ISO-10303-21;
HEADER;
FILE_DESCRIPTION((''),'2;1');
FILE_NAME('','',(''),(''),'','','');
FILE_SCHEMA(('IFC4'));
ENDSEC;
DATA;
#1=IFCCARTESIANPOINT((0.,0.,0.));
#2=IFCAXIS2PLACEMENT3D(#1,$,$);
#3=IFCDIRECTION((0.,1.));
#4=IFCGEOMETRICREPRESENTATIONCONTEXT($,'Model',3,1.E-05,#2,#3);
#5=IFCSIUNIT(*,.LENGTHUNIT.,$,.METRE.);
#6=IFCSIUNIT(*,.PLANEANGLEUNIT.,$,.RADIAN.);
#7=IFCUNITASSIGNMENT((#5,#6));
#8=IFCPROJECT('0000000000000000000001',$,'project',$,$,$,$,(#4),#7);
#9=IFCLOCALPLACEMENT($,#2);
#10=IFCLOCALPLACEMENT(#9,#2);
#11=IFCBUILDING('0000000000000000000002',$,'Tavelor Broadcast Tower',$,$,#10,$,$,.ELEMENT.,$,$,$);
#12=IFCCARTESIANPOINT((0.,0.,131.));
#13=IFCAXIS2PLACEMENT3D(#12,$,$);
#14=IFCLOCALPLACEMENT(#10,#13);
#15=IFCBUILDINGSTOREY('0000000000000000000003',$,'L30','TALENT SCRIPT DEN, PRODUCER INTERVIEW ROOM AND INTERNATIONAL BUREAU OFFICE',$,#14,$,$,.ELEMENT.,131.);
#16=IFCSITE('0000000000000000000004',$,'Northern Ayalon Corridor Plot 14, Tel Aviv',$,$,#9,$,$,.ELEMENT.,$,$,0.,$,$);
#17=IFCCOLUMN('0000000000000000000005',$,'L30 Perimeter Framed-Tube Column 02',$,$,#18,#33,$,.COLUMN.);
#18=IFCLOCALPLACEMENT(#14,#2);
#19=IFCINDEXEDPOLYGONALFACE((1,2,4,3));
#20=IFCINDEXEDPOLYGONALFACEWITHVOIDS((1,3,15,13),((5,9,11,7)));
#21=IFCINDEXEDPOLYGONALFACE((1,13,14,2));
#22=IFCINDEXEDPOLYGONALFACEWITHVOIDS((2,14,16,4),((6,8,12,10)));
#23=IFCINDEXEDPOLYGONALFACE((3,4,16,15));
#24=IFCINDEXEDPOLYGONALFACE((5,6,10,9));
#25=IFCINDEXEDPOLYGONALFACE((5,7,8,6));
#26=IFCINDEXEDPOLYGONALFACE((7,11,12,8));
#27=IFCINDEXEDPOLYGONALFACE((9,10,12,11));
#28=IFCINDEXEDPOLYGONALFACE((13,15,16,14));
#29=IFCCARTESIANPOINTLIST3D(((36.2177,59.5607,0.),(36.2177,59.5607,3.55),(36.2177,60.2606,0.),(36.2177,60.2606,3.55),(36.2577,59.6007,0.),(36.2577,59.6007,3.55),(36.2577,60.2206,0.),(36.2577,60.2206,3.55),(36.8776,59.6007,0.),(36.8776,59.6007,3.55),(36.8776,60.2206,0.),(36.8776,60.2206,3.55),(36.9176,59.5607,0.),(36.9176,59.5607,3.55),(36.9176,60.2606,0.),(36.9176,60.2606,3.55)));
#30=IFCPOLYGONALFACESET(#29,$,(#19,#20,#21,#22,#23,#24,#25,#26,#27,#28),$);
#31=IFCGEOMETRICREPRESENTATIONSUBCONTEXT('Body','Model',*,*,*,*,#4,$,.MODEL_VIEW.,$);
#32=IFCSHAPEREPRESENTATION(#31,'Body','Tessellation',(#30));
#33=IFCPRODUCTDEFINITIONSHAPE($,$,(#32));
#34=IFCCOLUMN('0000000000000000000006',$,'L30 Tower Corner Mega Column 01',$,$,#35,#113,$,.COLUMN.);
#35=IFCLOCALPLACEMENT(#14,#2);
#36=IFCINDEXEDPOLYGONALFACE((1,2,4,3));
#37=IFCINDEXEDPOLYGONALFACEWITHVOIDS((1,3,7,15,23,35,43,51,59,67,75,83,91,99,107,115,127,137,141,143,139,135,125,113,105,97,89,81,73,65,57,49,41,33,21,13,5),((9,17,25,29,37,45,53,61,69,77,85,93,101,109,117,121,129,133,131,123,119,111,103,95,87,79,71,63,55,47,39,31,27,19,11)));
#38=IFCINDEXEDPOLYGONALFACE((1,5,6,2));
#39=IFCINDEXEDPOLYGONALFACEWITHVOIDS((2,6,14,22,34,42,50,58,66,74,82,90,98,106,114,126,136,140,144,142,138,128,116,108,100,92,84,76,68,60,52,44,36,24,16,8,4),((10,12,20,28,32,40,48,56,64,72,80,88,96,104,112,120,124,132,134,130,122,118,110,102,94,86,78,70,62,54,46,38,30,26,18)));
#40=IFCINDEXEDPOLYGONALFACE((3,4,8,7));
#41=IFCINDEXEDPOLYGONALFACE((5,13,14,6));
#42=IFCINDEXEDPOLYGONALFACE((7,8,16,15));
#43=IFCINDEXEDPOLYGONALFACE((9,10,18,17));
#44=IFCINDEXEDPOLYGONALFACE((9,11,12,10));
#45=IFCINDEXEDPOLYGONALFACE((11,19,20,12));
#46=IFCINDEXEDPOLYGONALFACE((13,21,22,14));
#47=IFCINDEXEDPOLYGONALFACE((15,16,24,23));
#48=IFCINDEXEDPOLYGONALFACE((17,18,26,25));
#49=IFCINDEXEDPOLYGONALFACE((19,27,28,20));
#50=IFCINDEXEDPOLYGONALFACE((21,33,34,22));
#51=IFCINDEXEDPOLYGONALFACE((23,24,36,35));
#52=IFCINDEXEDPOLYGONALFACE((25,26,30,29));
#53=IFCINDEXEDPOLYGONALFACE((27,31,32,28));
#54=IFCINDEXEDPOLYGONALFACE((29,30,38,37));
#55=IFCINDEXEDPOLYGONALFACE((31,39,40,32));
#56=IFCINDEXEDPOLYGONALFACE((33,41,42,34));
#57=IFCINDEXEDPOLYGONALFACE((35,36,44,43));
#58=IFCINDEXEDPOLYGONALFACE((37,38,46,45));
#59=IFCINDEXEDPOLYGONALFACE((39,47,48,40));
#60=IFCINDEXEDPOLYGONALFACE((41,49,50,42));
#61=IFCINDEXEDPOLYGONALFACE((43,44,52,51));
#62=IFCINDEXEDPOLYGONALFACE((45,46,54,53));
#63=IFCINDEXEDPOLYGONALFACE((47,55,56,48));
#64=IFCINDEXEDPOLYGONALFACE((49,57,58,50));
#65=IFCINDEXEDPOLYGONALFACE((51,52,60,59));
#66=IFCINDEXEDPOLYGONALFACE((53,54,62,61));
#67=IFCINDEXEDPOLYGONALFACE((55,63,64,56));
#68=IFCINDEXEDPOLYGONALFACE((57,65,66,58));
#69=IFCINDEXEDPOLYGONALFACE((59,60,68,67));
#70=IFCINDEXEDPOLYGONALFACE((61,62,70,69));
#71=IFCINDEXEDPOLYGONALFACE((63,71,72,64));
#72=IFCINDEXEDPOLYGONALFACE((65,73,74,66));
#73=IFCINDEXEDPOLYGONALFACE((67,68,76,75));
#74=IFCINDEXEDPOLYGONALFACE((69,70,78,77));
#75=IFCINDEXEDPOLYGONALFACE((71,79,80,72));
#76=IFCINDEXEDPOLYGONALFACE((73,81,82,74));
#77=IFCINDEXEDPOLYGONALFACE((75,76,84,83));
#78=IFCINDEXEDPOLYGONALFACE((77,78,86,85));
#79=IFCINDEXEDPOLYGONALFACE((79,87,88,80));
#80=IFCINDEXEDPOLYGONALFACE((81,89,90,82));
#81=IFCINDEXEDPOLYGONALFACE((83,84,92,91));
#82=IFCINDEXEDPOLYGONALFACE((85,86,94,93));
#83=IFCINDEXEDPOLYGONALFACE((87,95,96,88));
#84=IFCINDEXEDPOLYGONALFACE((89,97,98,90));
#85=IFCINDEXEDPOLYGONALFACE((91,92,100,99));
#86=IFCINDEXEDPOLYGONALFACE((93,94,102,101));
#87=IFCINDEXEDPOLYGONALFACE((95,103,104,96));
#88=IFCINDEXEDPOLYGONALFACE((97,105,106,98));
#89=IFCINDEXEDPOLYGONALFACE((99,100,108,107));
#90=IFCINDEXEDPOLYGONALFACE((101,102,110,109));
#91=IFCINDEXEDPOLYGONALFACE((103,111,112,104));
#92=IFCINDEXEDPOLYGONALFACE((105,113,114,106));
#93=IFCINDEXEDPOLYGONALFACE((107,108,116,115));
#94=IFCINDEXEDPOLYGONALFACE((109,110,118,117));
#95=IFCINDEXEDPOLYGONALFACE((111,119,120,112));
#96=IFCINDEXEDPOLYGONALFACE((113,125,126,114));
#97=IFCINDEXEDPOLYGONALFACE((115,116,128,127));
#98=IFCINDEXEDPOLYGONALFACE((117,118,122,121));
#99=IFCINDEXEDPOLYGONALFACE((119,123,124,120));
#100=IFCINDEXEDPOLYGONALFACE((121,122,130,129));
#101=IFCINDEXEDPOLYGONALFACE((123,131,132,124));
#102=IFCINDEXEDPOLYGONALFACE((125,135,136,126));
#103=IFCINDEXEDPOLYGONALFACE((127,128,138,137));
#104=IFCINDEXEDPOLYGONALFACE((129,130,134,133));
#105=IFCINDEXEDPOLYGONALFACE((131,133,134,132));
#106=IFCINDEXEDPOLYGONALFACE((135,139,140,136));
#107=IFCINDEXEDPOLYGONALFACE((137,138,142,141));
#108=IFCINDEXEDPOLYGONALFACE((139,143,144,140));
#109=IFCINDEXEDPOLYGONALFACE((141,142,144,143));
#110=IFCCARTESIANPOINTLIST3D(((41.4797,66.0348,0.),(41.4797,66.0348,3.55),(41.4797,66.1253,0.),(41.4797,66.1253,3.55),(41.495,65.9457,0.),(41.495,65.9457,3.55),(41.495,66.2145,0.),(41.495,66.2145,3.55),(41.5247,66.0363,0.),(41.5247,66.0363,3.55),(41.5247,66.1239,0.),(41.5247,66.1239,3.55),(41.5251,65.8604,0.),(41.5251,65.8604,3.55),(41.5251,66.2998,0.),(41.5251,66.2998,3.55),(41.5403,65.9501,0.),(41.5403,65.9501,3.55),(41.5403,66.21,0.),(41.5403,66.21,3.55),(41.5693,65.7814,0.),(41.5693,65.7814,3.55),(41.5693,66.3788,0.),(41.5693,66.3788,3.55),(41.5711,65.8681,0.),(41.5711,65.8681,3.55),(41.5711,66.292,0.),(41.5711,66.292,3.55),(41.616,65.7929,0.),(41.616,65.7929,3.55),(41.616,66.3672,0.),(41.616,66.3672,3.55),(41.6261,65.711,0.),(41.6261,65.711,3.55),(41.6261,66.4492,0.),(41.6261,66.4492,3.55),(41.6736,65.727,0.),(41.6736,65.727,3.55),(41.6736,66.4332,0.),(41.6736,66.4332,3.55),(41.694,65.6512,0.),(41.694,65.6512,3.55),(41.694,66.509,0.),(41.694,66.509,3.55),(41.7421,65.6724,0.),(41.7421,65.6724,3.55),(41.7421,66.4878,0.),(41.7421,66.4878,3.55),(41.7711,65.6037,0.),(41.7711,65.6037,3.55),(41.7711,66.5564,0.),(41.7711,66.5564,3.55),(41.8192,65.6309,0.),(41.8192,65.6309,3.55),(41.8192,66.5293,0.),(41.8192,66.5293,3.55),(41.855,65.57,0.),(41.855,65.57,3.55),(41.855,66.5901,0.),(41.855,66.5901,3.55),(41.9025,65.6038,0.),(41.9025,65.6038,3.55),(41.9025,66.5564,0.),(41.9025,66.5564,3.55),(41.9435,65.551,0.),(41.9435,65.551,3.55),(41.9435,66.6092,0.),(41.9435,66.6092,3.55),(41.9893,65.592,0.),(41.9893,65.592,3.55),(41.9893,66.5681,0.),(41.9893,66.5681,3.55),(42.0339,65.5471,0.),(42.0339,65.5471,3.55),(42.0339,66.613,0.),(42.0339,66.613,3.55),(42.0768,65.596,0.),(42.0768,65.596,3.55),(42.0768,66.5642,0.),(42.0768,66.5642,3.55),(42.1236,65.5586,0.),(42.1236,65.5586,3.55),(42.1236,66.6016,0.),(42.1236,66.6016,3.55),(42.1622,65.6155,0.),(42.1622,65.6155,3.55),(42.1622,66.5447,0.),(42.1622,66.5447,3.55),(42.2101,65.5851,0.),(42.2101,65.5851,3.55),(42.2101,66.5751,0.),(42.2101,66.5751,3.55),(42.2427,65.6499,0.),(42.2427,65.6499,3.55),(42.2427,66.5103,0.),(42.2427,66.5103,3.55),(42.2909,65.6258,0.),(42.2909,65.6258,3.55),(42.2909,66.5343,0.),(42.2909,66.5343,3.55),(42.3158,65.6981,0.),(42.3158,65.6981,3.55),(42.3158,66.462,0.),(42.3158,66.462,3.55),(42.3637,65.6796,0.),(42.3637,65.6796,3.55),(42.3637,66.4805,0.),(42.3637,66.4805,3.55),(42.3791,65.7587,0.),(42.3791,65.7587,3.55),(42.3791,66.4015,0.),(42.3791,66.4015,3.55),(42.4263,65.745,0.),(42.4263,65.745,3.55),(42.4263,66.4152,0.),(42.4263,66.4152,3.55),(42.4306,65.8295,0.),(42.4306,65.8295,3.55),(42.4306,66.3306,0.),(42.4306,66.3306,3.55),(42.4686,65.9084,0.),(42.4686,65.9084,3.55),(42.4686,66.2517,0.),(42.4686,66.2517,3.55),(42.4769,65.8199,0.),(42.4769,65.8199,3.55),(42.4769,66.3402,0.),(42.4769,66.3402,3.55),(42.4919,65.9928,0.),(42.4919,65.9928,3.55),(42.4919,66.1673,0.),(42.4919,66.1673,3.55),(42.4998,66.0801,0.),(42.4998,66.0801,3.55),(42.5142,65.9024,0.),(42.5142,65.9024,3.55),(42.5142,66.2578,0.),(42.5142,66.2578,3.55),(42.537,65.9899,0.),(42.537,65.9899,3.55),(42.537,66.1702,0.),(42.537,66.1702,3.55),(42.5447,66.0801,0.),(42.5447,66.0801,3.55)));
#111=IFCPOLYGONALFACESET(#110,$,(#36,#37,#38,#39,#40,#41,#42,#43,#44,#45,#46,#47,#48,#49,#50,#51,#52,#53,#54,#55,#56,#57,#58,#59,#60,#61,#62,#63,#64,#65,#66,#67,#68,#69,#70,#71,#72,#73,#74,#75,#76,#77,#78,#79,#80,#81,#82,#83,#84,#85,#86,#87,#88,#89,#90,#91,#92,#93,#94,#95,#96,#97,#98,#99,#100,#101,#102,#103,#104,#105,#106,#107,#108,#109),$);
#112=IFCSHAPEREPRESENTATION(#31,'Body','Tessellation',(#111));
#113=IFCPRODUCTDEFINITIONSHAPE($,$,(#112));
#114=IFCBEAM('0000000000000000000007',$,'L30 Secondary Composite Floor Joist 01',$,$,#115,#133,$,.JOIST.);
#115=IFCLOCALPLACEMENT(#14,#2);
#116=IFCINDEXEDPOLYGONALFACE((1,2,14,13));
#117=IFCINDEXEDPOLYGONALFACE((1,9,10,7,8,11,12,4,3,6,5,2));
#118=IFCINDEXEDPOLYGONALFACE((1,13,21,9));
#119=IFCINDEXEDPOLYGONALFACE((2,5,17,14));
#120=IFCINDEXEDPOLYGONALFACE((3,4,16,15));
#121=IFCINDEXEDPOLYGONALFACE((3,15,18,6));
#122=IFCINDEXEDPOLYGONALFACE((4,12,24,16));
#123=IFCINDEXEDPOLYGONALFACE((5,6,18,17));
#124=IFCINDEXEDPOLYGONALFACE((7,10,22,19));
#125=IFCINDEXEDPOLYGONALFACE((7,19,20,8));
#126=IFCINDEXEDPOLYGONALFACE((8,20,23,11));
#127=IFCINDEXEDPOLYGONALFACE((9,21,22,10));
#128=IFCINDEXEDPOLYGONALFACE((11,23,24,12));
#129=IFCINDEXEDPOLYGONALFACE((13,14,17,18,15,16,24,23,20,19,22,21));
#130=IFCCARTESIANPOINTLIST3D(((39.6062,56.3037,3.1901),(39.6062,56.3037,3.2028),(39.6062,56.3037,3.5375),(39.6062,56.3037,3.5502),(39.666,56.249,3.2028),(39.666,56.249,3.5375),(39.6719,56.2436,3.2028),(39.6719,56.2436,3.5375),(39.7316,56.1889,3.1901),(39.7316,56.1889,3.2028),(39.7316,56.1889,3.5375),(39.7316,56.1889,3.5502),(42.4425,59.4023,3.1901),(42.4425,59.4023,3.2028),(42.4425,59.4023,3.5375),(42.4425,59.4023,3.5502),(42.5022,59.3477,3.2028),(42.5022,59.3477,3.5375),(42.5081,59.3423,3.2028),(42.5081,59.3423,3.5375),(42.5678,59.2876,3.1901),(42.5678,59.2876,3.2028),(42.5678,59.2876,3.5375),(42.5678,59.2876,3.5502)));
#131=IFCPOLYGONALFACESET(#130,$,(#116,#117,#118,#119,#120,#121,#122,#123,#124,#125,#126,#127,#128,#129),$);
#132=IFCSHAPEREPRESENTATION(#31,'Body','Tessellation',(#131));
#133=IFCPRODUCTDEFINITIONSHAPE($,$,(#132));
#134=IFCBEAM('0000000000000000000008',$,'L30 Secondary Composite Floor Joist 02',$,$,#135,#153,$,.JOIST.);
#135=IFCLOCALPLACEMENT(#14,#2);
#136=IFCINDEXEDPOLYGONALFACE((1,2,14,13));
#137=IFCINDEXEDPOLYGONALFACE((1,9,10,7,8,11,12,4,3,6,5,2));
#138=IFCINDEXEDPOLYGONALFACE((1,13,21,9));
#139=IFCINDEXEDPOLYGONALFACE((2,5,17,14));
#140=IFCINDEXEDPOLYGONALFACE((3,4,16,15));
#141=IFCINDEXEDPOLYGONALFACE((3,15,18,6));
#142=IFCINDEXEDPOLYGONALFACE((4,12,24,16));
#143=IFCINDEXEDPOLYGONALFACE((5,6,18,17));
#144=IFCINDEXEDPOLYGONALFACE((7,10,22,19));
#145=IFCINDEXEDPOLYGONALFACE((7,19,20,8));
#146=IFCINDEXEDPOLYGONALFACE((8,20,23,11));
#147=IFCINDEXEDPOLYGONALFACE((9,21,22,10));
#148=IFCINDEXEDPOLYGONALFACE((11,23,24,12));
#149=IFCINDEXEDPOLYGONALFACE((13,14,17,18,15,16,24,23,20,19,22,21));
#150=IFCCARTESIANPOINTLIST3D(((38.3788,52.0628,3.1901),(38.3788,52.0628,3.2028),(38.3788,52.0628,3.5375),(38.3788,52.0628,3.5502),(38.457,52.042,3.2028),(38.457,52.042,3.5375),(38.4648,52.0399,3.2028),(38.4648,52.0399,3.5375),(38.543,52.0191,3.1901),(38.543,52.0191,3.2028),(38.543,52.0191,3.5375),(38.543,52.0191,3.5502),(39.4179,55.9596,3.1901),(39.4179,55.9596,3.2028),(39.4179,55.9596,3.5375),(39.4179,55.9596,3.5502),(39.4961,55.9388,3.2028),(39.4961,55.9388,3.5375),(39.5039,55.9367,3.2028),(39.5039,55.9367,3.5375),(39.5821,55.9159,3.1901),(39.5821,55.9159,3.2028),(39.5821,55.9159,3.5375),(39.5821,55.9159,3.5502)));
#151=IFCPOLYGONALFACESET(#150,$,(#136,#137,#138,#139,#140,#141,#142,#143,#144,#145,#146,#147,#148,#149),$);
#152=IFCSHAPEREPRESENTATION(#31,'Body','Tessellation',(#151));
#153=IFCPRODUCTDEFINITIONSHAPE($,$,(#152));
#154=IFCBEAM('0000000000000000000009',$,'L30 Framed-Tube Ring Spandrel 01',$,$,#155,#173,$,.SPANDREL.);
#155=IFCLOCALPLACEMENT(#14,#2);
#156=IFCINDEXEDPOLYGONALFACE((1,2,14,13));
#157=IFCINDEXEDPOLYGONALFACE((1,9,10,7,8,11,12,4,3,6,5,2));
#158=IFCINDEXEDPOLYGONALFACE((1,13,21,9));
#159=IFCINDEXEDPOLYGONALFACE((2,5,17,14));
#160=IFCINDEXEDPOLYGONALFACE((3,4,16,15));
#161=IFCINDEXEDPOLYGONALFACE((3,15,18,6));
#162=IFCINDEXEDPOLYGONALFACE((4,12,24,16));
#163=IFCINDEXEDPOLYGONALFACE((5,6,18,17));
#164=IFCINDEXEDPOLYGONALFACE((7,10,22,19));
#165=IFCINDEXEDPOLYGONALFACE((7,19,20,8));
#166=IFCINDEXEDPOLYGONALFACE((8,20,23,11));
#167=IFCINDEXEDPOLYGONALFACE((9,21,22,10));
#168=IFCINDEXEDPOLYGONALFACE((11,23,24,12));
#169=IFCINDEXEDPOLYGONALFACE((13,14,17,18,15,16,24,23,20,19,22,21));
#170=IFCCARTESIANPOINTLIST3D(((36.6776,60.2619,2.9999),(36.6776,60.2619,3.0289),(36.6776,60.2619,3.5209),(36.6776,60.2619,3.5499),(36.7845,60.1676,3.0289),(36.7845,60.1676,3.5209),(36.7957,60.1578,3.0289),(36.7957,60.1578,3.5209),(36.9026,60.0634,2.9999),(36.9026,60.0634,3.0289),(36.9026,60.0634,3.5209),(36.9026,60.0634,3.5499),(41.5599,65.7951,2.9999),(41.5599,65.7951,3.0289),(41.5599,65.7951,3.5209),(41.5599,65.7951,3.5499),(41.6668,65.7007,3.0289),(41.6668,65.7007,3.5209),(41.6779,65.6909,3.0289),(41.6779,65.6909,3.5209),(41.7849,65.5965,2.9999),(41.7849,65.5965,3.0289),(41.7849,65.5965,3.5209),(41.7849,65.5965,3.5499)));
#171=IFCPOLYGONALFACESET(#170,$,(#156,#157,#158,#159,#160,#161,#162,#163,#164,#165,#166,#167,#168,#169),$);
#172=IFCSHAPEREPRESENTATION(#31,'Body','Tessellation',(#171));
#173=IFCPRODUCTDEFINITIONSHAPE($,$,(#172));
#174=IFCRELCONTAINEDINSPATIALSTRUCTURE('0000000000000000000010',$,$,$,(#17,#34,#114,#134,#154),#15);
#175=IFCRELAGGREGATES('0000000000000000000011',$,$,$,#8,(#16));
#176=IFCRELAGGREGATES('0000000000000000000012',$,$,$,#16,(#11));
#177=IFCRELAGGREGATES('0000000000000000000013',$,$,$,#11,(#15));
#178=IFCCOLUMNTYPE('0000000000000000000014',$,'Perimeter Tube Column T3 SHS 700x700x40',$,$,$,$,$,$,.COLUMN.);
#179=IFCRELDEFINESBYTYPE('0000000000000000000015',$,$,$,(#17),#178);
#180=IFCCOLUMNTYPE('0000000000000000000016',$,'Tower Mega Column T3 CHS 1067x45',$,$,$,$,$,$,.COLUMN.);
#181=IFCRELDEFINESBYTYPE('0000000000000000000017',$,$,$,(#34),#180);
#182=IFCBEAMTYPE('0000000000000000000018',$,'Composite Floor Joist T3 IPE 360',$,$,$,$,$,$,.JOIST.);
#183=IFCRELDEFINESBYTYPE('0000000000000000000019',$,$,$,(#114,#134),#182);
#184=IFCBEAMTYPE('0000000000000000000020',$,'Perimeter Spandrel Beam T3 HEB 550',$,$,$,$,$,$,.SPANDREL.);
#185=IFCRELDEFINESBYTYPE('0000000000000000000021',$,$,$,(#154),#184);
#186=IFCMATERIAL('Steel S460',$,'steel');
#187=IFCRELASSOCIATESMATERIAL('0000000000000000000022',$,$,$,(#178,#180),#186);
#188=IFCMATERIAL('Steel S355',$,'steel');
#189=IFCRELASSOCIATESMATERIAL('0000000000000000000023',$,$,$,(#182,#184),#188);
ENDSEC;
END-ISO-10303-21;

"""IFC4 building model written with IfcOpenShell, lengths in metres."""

from ifc_helpers import new_model, si_unit, direction, frame, origin, origin_2d, place, context, subcontext, project, spatial, hollow_rectangle, hollow_circle, i_section, extrude, material, material_profile, profile_set, type_object, element, save


model = new_model("IFC4")

# Units and contexts
model_context = context("Model", 3, precision=1e-05, world=origin(), true_north=direction((0.0, 1.0)))
body_context = subcontext(model_context, "Body", "Model", "MODEL_VIEW")
ifc_project = project(units=[si_unit("LENGTHUNIT", "METRE"), si_unit("PLANEANGLEUNIT", "RADIAN")], contexts=[model_context])

# Site, building, storey
site_placement = place(None, origin())
site = spatial("IfcSite", under=ifc_project, at=site_placement, Name="Northern Ayalon Corridor Plot 14, Tel Aviv", CompositionType="ELEMENT", RefElevation=0.0)
building_placement = place(site_placement, origin())
building = spatial("IfcBuilding", under=site, at=building_placement, Name="Tavelor Broadcast Tower", CompositionType="ELEMENT")
storey_placement = place(building_placement, frame((0.0, 0.0, 131.0)))
storey = spatial("IfcBuildingStorey", under=building, at=storey_placement, Name="L30", Description="TALENT SCRIPT DEN, PRODUCER INTERVIEW ROOM AND INTERNATIONAL BUREAU OFFICE", CompositionType="ELEMENT", Elevation=131.0)

# Columns
ifc_material_1 = material(Name="Steel S460", Category="steel")
ifc_material_profile_1 = material_profile(ifc_material_1, hollow_rectangle(XDim=0.7, YDim=0.7, WallThickness=0.04, at=origin_2d()), Name="SHS 700x700x40")
ifc_profile_set_1 = profile_set([ifc_material_profile_1], Name="Steel S460")
column_type_1 = type_object("IfcColumnType", Name="Perimeter Tube Column T3 SHS 700x700x40", PredefinedType="COLUMN", material=ifc_profile_set_1)
column_1_placement = place(storey_placement, frame((36.5676, 59.9106, 0.0), z_axis=(0.0, 0.0, 1.0), x_axis=(1.0, 0.0, 0.0)))
element("IfcColumn", 1, at=column_1_placement, inside=storey, type_object=column_type_1, Name="L30 Perimeter Framed-Tube Column 02", PredefinedType="COLUMN", context=body_context, shape_type="SweptSolid", body=[
    extrude(hollow_rectangle(XDim=0.7, YDim=0.7, WallThickness=0.04, at=origin_2d()), origin(), (0.0, 0.0, 1.0), 3.55),
])
ifc_material_profile_2 = material_profile(ifc_material_1, hollow_circle(Radius=0.5334, WallThickness=0.0449, at=origin_2d()), Name="CHS 1067x45")
ifc_profile_set_2 = profile_set([ifc_material_profile_2], Name="Steel S460")
column_type_2 = type_object("IfcColumnType", Name="Tower Mega Column T3 CHS 1067x45", PredefinedType="COLUMN", material=ifc_profile_set_2)
column_2_placement = place(storey_placement, frame((42.0112, 66.0801, 0.0), z_axis=(0.0, 0.0, 1.0), x_axis=(1.0, 0.0, 0.0)))
element("IfcColumn", 2, at=column_2_placement, inside=storey, type_object=column_type_2, Name="L30 Tower Corner Mega Column 01", PredefinedType="COLUMN", context=body_context, shape_type="SweptSolid", body=[
    extrude(hollow_circle(Radius=0.5334, WallThickness=0.0449, at=origin_2d()), origin(), (0.0, 0.0, 1.0), 3.55),
])

# Beams
ifc_material_2 = material(Name="Steel S355", Category="steel")
ifc_material_profile_3 = material_profile(ifc_material_2, i_section(OverallWidth=0.1699, OverallDepth=0.3601, WebThickness=0.0081, FlangeThickness=0.0127, at=origin_2d()), Name="IPE 360")
ifc_profile_set_3 = profile_set([ifc_material_profile_3], Name="Steel S355")
beam_type_1 = type_object("IfcBeamType", Name="Composite Floor Joist T3 IPE 360", PredefinedType="JOIST", material=ifc_profile_set_3)
beam_1_placement = place(storey_placement, frame((42.5051, 59.345, 3.3701), z_axis=(-0.675177, -0.737656, 0.0), x_axis=(0.737656, -0.675177, 0.0)))
element("IfcBeam", 3, at=beam_1_placement, inside=storey, type_object=beam_type_1, Name="L30 Secondary Composite Floor Joist 01", PredefinedType="JOIST", context=body_context, shape_type="SweptSolid", body=[
    extrude(i_section(OverallWidth=0.1699, OverallDepth=0.3601, WebThickness=0.0081, FlangeThickness=0.0127, at=origin_2d()), origin(), (0.0, 0.0, 1.0), 4.2007),
])
beam_2_placement = place(storey_placement, frame((39.5, 55.9377, 3.3701), z_axis=(-0.257648, -0.966239, 0.0), x_axis=(0.966239, -0.257648, 0.0)))
element("IfcBeam", 4, at=beam_2_placement, inside=storey, type_object=beam_type_1, Name="L30 Secondary Composite Floor Joist 02", PredefinedType="JOIST", context=body_context, shape_type="SweptSolid", body=[
    extrude(i_section(OverallWidth=0.1699, OverallDepth=0.3601, WebThickness=0.0081, FlangeThickness=0.0127, at=origin_2d()), origin(), (0.0, 0.0, 1.0), 4.033),
])
ifc_material_profile_4 = material_profile(ifc_material_2, i_section(OverallWidth=0.3, OverallDepth=0.55, WebThickness=0.0149, FlangeThickness=0.0291, at=origin_2d()), Name="HEB 550")
ifc_profile_set_4 = profile_set([ifc_material_profile_4], Name="Steel S355")
beam_type_2 = type_object("IfcBeamType", Name="Perimeter Spandrel Beam T3 HEB 550", PredefinedType="SPANDREL", material=ifc_profile_set_4)
beam_3_placement = place(storey_placement, frame((41.6724, 65.6958, 3.2749), z_axis=(-0.661628, -0.749832, 0.0), x_axis=(0.749832, -0.661628, 0.0)))
element("IfcBeam", 5, at=beam_3_placement, inside=storey, type_object=beam_type_2, Name="L30 Framed-Tube Ring Spandrel 01", PredefinedType="SPANDREL", context=body_context, shape_type="SweptSolid", body=[
    extrude(i_section(OverallWidth=0.3, OverallDepth=0.55, WebThickness=0.0149, FlangeThickness=0.0291, at=origin_2d()), origin(), (0.0, 0.0, 1.0), 7.3792),
])

save(model, "model.ifc")
